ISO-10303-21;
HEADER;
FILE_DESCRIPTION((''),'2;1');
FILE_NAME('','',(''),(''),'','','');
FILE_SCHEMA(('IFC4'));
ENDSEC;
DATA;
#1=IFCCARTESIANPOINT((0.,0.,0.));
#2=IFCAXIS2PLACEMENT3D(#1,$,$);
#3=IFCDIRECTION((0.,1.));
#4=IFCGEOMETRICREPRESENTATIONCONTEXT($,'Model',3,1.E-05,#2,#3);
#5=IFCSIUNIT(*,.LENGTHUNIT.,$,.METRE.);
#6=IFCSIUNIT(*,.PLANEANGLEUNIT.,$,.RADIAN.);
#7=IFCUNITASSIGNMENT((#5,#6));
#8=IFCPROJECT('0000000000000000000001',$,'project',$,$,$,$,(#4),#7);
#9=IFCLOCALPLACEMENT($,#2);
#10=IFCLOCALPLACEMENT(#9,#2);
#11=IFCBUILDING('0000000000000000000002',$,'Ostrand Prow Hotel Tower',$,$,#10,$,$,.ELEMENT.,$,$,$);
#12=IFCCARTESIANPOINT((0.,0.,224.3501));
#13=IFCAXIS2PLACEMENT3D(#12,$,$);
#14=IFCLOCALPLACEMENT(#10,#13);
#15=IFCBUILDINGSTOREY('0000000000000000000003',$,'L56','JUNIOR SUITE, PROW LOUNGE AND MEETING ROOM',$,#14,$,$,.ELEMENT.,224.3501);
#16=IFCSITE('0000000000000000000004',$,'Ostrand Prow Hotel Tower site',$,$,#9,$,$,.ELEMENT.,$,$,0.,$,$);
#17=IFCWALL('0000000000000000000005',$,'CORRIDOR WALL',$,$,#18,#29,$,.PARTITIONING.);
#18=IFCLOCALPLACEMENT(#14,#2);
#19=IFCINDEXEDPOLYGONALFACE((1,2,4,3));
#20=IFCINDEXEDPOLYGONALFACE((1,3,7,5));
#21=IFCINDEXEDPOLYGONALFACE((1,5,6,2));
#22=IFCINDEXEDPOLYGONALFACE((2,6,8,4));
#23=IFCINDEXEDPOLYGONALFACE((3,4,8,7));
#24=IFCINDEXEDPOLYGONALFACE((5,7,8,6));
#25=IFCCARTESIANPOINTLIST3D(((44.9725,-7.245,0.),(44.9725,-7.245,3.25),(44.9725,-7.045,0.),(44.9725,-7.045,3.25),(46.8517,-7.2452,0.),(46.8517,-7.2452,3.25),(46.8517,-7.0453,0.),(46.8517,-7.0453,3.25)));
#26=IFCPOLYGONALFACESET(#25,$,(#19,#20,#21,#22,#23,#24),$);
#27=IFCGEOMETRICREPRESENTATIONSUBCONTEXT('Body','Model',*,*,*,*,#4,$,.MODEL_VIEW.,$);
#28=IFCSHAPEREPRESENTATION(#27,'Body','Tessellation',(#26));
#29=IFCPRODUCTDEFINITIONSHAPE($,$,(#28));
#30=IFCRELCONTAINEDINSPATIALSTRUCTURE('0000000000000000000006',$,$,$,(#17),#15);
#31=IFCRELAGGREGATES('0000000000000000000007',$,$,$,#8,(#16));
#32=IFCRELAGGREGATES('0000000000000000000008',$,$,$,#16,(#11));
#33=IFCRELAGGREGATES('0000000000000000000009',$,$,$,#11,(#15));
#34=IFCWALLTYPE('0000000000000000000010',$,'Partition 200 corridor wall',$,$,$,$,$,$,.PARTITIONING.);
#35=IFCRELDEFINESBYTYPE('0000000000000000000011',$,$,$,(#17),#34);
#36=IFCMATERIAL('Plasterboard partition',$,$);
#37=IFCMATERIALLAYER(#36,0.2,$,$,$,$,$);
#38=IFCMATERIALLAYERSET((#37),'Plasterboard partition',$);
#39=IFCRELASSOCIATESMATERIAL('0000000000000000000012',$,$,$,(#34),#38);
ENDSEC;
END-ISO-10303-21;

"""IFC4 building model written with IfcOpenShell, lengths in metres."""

from ifc_helpers import new_model, si_unit, direction, frame, frame_2d, origin, place, context, subcontext, project, spatial, rectangle, extrude, material, layer, layer_set, type_object, element, save


model = new_model("IFC4")

# Units and contexts
model_context = context("Model", 3, precision=1e-05, world=origin(), true_north=direction((0.0, 1.0)))
body_context = subcontext(model_context, "Body", "Model", "MODEL_VIEW")
ifc_project = project(units=[si_unit("LENGTHUNIT", "METRE"), si_unit("PLANEANGLEUNIT", "RADIAN")], contexts=[model_context])

# Site, building, storey
site_placement = place(None, origin())
site = spatial("IfcSite", under=ifc_project, at=site_placement, Name="Ostrand Prow Hotel Tower site", CompositionType="ELEMENT", RefElevation=0.0)
building_placement = place(site_placement, origin())
building = spatial("IfcBuilding", under=site, at=building_placement, Name="Ostrand Prow Hotel Tower", CompositionType="ELEMENT")
storey_placement = place(building_placement, frame((0.0, 0.0, 224.3501)))
storey = spatial("IfcBuildingStorey", under=building, at=storey_placement, Name="L56", Description="JUNIOR SUITE, PROW LOUNGE AND MEETING ROOM", CompositionType="ELEMENT", Elevation=224.3501)

# Shared definitions
ifc_material_1 = material(Name="Plasterboard partition")
ifc_layer_1 = layer(ifc_material_1, 0.2)
ifc_layer_set_1 = layer_set([ifc_layer_1], Name="Plasterboard partition")
wall_type_1 = type_object("IfcWallType", Name="Partition 200 corridor wall", PredefinedType="PARTITIONING", material=ifc_layer_set_1)

# Wall
wall_1_placement = place(storey_placement, frame((46.8516, -7.1453, 0.0), z_axis=(0.0, 0.0, 1.0), x_axis=(-1.0, 0.00013, 0.0)))
element("IfcWall", 1, at=wall_1_placement, inside=storey, type_object=wall_type_1, Name="CORRIDOR WALL", PredefinedType="PARTITIONING", context=body_context, shape_type="SweptSolid", body=[
    extrude(rectangle(XDim=1.8792, YDim=0.2, at=frame_2d((0.9395, 0.0))), origin(), (0.0, 0.0, 1.0), 3.25),
])

save(model, "model.ifc")
